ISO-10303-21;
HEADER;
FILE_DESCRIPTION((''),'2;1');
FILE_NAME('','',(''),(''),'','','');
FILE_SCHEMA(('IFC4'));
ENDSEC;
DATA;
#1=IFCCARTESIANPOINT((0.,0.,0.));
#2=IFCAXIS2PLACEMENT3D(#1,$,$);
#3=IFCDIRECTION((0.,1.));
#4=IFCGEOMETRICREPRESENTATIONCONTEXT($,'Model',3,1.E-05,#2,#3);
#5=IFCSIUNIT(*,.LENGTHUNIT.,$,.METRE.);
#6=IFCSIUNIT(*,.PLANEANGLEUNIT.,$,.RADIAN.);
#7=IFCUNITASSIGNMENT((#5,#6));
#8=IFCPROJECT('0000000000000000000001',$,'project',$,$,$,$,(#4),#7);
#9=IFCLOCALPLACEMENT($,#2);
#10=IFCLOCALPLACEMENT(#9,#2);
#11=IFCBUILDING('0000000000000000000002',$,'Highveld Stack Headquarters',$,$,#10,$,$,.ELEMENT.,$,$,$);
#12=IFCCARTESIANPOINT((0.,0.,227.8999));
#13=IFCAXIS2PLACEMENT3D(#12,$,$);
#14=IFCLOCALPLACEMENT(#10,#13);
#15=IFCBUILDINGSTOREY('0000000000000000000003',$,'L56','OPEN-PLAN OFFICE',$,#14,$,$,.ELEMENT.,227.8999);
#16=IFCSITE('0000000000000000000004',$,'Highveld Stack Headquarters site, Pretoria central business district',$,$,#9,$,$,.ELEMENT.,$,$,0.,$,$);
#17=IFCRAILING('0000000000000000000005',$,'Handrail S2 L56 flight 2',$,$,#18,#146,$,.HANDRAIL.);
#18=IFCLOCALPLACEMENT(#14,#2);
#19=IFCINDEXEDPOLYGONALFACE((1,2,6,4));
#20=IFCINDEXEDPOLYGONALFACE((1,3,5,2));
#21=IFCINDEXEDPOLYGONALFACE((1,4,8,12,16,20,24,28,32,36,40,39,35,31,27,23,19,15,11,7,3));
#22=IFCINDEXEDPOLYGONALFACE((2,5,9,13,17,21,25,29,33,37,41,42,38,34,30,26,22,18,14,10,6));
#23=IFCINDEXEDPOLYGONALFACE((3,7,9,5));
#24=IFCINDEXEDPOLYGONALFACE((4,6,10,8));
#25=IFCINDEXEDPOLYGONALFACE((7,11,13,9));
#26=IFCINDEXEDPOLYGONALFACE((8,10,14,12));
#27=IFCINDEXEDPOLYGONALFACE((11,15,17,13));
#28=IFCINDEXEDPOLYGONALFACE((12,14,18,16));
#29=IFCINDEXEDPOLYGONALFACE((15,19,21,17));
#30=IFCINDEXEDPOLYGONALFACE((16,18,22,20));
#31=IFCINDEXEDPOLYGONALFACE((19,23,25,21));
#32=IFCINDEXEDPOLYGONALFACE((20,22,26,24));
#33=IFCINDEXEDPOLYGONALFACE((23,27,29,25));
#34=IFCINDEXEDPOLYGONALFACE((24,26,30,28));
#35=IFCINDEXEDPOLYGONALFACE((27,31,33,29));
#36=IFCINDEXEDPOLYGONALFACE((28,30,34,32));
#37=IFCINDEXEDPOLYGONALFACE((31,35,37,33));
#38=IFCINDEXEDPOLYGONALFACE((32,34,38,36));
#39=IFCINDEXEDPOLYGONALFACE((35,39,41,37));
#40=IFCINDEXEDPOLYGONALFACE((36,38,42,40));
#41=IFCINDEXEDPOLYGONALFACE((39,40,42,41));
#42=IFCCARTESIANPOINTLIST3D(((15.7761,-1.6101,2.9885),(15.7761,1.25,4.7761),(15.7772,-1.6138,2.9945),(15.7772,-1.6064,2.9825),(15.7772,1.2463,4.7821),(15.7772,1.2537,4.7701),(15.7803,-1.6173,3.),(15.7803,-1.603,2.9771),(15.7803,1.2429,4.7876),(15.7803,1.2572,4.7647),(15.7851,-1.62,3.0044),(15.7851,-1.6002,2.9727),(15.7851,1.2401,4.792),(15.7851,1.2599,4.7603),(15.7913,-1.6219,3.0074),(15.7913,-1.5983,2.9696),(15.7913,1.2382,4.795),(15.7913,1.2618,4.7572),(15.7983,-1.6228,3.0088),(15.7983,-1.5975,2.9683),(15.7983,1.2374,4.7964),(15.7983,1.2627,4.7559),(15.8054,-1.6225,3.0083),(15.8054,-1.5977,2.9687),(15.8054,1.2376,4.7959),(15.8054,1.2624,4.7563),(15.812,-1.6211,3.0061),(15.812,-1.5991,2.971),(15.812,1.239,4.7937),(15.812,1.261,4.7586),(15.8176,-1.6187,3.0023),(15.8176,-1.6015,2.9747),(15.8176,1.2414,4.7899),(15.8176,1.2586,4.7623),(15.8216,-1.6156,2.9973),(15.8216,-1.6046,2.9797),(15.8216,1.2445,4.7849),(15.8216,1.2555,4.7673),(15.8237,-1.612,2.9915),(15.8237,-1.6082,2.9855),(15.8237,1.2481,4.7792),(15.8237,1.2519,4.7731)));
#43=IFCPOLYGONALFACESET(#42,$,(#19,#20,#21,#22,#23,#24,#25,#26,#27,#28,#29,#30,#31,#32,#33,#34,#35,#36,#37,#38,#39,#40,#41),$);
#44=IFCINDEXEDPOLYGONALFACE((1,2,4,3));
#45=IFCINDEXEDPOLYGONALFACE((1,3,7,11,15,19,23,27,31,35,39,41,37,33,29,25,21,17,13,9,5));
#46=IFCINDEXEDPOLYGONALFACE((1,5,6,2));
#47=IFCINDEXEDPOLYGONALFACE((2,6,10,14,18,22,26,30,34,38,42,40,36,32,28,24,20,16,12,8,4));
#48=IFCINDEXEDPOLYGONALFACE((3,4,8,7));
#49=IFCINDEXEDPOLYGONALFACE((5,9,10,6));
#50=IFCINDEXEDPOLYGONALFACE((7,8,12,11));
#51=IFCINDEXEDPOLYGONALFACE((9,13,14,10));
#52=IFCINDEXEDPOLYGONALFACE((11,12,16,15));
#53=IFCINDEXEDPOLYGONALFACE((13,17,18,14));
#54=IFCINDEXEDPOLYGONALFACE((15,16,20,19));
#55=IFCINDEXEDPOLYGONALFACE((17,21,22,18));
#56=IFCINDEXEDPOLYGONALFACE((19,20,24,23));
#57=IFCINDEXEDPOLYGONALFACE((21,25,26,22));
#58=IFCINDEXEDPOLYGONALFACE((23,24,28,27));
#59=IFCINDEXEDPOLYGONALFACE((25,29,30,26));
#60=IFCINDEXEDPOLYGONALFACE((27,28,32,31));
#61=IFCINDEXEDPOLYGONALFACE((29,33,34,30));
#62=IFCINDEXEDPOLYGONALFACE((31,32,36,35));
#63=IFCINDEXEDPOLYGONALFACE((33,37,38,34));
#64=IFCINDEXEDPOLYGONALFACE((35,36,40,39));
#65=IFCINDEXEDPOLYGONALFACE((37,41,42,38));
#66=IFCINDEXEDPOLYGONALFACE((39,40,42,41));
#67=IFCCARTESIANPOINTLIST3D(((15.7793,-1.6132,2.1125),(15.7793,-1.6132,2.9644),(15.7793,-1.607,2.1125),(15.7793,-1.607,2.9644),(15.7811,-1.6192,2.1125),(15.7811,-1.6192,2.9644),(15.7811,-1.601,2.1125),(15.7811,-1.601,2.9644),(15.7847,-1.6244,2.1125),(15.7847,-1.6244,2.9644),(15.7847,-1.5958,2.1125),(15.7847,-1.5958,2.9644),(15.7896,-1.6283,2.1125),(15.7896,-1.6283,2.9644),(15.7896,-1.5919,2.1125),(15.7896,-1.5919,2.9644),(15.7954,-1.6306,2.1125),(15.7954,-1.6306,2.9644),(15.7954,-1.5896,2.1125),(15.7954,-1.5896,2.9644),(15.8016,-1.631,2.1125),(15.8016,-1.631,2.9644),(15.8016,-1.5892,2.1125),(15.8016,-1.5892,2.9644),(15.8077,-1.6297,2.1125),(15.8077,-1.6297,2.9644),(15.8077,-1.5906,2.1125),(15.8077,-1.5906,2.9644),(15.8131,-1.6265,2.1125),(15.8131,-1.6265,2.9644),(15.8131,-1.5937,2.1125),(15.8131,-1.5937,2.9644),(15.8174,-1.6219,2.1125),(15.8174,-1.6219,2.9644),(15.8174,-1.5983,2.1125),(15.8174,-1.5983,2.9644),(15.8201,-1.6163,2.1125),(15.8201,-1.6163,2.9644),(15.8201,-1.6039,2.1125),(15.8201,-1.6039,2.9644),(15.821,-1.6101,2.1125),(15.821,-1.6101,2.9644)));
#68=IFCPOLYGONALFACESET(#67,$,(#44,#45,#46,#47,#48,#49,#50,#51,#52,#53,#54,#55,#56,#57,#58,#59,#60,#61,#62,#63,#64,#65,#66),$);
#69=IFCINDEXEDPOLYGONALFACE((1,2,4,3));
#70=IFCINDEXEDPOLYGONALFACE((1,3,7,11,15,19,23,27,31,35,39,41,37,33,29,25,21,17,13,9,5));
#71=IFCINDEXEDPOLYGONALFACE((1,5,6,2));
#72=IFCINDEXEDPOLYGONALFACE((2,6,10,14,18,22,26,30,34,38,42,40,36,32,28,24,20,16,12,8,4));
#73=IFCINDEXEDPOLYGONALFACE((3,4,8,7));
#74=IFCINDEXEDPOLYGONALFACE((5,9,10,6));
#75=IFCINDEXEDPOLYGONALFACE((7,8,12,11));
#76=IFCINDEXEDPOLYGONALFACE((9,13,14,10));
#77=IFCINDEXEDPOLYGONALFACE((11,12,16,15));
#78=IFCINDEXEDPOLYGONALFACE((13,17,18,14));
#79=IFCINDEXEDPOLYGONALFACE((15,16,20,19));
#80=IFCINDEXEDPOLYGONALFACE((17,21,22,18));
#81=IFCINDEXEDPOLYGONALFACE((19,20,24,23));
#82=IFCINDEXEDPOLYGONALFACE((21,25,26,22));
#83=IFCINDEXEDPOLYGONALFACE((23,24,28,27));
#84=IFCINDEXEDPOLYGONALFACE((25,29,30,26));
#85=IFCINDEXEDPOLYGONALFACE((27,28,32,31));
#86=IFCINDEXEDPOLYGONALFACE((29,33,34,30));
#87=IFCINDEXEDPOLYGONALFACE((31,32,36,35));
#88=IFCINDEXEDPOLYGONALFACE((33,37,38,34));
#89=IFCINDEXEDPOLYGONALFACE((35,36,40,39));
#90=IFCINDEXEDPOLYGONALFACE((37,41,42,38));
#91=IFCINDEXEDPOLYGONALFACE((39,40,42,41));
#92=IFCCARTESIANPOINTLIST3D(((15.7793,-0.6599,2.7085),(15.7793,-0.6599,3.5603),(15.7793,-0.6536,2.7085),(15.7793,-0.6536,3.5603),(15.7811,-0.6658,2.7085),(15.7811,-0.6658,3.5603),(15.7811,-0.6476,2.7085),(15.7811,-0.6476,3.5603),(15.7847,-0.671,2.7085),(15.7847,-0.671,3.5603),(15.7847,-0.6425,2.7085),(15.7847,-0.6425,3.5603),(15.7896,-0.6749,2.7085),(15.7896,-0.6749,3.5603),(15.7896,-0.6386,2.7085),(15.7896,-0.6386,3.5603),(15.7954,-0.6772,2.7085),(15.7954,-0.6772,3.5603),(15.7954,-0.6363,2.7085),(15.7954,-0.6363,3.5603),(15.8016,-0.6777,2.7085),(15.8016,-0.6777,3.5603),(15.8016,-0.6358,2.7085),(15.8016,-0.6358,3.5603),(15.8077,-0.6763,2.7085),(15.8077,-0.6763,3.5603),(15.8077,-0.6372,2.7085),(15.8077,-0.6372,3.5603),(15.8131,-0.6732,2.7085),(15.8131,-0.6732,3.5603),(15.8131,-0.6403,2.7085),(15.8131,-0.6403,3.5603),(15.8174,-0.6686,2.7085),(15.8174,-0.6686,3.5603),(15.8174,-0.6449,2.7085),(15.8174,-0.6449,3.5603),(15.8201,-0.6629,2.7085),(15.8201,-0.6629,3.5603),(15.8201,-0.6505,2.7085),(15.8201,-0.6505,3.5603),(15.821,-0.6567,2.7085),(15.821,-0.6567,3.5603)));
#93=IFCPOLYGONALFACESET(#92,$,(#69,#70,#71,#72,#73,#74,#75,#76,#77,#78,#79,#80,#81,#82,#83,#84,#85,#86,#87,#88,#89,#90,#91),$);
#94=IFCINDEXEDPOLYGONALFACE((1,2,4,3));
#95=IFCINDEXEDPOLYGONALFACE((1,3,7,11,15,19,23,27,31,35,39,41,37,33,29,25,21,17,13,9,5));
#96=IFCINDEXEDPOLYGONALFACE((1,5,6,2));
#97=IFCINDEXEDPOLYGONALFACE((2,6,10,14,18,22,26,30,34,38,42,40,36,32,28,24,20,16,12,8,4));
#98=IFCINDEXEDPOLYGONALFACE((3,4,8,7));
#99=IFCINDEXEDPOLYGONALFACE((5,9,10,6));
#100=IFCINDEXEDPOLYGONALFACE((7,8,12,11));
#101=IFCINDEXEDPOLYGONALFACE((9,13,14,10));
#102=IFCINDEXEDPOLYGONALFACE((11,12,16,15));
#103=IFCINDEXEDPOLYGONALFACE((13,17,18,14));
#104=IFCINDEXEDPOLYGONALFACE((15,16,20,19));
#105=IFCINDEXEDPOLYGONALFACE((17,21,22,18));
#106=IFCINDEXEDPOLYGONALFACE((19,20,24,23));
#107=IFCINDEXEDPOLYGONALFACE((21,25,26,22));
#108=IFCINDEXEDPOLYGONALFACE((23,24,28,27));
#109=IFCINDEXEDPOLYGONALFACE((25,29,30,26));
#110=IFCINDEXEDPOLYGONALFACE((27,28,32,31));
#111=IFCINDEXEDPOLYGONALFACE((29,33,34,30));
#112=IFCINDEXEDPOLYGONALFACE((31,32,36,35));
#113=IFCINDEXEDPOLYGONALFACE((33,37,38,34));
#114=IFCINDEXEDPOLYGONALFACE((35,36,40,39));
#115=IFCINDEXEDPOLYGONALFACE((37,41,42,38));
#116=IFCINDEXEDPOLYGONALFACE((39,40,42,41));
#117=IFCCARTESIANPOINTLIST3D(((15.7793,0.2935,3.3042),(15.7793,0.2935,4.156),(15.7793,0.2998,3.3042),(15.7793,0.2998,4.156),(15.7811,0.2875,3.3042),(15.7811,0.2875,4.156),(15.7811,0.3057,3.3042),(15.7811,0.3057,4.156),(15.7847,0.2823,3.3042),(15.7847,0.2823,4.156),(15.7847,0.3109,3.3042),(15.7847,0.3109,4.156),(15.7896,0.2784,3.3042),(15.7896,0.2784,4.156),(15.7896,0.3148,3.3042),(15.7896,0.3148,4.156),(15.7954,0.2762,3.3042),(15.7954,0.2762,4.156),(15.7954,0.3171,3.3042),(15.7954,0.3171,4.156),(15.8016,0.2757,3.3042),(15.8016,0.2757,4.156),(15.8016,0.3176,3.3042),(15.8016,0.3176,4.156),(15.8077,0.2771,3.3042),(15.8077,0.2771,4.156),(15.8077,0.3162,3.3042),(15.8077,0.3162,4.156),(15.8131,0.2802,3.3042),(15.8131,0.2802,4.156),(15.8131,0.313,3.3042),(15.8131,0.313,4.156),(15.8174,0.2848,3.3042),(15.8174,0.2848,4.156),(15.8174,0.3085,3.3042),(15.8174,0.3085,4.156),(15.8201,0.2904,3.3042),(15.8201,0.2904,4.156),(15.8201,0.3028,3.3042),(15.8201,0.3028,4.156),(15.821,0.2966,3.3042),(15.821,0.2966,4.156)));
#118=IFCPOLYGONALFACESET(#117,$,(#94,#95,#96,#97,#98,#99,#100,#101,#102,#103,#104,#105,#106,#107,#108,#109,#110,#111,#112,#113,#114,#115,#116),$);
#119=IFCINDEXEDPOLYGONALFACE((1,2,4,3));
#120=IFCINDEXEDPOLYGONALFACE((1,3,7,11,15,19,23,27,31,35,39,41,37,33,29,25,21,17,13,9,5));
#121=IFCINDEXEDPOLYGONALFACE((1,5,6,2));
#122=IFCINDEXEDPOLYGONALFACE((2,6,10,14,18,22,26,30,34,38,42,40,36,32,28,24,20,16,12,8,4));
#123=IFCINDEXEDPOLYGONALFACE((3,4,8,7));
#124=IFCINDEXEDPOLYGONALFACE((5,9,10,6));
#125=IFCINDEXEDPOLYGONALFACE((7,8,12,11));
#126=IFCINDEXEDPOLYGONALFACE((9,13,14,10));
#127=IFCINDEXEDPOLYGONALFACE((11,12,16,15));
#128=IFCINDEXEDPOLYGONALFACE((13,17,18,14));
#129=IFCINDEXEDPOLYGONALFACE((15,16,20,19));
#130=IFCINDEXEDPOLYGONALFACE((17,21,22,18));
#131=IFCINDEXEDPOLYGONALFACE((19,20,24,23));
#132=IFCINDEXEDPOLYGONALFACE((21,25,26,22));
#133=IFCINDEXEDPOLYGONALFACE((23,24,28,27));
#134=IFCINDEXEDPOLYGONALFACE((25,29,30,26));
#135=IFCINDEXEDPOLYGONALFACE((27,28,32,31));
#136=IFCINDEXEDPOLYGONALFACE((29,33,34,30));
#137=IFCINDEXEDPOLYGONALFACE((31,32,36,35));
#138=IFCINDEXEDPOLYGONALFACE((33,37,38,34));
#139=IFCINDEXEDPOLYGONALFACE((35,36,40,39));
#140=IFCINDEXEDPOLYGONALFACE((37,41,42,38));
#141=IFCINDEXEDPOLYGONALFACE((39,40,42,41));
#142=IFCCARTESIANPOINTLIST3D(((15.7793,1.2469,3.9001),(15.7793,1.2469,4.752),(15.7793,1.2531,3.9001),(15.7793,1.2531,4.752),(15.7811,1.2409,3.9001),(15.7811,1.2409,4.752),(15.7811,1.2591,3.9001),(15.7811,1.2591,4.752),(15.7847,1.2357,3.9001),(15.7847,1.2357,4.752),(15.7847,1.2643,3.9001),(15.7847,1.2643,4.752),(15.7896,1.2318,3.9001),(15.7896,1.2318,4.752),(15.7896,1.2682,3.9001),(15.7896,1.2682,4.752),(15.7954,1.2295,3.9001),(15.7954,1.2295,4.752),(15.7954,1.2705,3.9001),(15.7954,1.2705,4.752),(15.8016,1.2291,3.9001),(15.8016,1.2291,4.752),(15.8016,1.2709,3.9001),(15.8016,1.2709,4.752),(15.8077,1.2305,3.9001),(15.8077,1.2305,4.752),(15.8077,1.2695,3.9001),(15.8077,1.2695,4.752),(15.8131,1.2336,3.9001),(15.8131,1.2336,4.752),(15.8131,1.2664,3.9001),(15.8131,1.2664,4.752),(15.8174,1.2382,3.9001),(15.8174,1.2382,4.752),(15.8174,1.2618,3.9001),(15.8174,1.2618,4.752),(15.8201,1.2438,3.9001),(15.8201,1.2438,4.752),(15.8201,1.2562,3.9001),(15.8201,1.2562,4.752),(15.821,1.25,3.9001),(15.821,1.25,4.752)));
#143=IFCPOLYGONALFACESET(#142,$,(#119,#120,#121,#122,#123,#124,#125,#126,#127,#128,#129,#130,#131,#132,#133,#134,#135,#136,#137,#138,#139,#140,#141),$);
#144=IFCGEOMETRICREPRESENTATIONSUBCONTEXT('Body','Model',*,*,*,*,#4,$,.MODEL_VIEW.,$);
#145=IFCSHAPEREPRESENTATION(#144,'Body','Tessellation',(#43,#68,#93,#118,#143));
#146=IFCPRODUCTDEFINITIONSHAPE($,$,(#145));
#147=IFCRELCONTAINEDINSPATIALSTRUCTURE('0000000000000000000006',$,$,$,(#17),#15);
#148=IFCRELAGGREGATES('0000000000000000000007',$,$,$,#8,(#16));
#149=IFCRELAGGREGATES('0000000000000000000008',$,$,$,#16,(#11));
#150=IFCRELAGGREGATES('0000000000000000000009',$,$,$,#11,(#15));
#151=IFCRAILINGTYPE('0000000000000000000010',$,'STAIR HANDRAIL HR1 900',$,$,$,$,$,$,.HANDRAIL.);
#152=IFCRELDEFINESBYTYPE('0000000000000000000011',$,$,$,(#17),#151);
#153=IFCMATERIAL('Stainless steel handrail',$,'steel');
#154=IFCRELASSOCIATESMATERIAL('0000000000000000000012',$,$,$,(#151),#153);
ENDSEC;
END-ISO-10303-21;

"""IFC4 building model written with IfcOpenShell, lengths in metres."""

from ifc_helpers import new_model, si_unit, direction, frame, origin, origin_2d, place, context, subcontext, project, spatial, circle, extrude, material, type_object, element, save


model = new_model("IFC4")

# Units and contexts
model_context = context("Model", 3, precision=1e-05, world=origin(), true_north=direction((0.0, 1.0)))
body_context = subcontext(model_context, "Body", "Model", "MODEL_VIEW")
ifc_project = project(units=[si_unit("LENGTHUNIT", "METRE"), si_unit("PLANEANGLEUNIT", "RADIAN")], contexts=[model_context])

# Site, building, storey
site_placement = place(None, origin())
site = spatial("IfcSite", under=ifc_project, at=site_placement, Name="Highveld Stack Headquarters site, Pretoria central business district", CompositionType="ELEMENT", RefElevation=0.0)
building_placement = place(site_placement, origin())
building = spatial("IfcBuilding", under=site, at=building_placement, Name="Highveld Stack Headquarters", CompositionType="ELEMENT")
storey_placement = place(building_placement, frame((0.0, 0.0, 227.8999)))
storey = spatial("IfcBuildingStorey", under=building, at=storey_placement, Name="L56", Description="OPEN-PLAN OFFICE", CompositionType="ELEMENT", Elevation=227.8999)

# Railing
ifc_material_1 = material(Name="Stainless steel handrail", Category="steel")
railing_type = type_object("IfcRailingType", Name="STAIR HANDRAIL HR1 900", PredefinedType="HANDRAIL", material=ifc_material_1)
railing_placement = place(storey_placement, frame((15.8, -1.6101, 2.1125)))
element("IfcRailing", 1, at=railing_placement, inside=storey, type_object=railing_type, Name="Handrail S2 L56 flight 2", PredefinedType="HANDRAIL", context=body_context, shape_type="SweptSolid", body=[
    extrude(circle(Radius=0.0239, at=origin_2d()), frame((0.0, 0.0, 0.876), z_axis=(0.0, 0.847994, 0.530005), x_axis=(-1.0, 0.0, 0.0)), (0.0, 0.0, 1.0), 3.3728),
    extrude(circle(Radius=0.021, at=origin_2d()), origin(), (0.0, 0.0, 1.0), 0.8518),
    extrude(circle(Radius=0.021, at=origin_2d()), frame((0.0, 0.9534, 0.5959)), (0.0, 0.0, 1.0), 0.8518),
    extrude(circle(Radius=0.021, at=origin_2d()), frame((0.0, 1.9067, 1.1917)), (0.0, 0.0, 1.0), 0.8518),
    extrude(circle(Radius=0.021, at=origin_2d()), frame((0.0, 2.8601, 1.7876)), (0.0, 0.0, 1.0), 0.8518),
])

save(model, "model.ifc")
